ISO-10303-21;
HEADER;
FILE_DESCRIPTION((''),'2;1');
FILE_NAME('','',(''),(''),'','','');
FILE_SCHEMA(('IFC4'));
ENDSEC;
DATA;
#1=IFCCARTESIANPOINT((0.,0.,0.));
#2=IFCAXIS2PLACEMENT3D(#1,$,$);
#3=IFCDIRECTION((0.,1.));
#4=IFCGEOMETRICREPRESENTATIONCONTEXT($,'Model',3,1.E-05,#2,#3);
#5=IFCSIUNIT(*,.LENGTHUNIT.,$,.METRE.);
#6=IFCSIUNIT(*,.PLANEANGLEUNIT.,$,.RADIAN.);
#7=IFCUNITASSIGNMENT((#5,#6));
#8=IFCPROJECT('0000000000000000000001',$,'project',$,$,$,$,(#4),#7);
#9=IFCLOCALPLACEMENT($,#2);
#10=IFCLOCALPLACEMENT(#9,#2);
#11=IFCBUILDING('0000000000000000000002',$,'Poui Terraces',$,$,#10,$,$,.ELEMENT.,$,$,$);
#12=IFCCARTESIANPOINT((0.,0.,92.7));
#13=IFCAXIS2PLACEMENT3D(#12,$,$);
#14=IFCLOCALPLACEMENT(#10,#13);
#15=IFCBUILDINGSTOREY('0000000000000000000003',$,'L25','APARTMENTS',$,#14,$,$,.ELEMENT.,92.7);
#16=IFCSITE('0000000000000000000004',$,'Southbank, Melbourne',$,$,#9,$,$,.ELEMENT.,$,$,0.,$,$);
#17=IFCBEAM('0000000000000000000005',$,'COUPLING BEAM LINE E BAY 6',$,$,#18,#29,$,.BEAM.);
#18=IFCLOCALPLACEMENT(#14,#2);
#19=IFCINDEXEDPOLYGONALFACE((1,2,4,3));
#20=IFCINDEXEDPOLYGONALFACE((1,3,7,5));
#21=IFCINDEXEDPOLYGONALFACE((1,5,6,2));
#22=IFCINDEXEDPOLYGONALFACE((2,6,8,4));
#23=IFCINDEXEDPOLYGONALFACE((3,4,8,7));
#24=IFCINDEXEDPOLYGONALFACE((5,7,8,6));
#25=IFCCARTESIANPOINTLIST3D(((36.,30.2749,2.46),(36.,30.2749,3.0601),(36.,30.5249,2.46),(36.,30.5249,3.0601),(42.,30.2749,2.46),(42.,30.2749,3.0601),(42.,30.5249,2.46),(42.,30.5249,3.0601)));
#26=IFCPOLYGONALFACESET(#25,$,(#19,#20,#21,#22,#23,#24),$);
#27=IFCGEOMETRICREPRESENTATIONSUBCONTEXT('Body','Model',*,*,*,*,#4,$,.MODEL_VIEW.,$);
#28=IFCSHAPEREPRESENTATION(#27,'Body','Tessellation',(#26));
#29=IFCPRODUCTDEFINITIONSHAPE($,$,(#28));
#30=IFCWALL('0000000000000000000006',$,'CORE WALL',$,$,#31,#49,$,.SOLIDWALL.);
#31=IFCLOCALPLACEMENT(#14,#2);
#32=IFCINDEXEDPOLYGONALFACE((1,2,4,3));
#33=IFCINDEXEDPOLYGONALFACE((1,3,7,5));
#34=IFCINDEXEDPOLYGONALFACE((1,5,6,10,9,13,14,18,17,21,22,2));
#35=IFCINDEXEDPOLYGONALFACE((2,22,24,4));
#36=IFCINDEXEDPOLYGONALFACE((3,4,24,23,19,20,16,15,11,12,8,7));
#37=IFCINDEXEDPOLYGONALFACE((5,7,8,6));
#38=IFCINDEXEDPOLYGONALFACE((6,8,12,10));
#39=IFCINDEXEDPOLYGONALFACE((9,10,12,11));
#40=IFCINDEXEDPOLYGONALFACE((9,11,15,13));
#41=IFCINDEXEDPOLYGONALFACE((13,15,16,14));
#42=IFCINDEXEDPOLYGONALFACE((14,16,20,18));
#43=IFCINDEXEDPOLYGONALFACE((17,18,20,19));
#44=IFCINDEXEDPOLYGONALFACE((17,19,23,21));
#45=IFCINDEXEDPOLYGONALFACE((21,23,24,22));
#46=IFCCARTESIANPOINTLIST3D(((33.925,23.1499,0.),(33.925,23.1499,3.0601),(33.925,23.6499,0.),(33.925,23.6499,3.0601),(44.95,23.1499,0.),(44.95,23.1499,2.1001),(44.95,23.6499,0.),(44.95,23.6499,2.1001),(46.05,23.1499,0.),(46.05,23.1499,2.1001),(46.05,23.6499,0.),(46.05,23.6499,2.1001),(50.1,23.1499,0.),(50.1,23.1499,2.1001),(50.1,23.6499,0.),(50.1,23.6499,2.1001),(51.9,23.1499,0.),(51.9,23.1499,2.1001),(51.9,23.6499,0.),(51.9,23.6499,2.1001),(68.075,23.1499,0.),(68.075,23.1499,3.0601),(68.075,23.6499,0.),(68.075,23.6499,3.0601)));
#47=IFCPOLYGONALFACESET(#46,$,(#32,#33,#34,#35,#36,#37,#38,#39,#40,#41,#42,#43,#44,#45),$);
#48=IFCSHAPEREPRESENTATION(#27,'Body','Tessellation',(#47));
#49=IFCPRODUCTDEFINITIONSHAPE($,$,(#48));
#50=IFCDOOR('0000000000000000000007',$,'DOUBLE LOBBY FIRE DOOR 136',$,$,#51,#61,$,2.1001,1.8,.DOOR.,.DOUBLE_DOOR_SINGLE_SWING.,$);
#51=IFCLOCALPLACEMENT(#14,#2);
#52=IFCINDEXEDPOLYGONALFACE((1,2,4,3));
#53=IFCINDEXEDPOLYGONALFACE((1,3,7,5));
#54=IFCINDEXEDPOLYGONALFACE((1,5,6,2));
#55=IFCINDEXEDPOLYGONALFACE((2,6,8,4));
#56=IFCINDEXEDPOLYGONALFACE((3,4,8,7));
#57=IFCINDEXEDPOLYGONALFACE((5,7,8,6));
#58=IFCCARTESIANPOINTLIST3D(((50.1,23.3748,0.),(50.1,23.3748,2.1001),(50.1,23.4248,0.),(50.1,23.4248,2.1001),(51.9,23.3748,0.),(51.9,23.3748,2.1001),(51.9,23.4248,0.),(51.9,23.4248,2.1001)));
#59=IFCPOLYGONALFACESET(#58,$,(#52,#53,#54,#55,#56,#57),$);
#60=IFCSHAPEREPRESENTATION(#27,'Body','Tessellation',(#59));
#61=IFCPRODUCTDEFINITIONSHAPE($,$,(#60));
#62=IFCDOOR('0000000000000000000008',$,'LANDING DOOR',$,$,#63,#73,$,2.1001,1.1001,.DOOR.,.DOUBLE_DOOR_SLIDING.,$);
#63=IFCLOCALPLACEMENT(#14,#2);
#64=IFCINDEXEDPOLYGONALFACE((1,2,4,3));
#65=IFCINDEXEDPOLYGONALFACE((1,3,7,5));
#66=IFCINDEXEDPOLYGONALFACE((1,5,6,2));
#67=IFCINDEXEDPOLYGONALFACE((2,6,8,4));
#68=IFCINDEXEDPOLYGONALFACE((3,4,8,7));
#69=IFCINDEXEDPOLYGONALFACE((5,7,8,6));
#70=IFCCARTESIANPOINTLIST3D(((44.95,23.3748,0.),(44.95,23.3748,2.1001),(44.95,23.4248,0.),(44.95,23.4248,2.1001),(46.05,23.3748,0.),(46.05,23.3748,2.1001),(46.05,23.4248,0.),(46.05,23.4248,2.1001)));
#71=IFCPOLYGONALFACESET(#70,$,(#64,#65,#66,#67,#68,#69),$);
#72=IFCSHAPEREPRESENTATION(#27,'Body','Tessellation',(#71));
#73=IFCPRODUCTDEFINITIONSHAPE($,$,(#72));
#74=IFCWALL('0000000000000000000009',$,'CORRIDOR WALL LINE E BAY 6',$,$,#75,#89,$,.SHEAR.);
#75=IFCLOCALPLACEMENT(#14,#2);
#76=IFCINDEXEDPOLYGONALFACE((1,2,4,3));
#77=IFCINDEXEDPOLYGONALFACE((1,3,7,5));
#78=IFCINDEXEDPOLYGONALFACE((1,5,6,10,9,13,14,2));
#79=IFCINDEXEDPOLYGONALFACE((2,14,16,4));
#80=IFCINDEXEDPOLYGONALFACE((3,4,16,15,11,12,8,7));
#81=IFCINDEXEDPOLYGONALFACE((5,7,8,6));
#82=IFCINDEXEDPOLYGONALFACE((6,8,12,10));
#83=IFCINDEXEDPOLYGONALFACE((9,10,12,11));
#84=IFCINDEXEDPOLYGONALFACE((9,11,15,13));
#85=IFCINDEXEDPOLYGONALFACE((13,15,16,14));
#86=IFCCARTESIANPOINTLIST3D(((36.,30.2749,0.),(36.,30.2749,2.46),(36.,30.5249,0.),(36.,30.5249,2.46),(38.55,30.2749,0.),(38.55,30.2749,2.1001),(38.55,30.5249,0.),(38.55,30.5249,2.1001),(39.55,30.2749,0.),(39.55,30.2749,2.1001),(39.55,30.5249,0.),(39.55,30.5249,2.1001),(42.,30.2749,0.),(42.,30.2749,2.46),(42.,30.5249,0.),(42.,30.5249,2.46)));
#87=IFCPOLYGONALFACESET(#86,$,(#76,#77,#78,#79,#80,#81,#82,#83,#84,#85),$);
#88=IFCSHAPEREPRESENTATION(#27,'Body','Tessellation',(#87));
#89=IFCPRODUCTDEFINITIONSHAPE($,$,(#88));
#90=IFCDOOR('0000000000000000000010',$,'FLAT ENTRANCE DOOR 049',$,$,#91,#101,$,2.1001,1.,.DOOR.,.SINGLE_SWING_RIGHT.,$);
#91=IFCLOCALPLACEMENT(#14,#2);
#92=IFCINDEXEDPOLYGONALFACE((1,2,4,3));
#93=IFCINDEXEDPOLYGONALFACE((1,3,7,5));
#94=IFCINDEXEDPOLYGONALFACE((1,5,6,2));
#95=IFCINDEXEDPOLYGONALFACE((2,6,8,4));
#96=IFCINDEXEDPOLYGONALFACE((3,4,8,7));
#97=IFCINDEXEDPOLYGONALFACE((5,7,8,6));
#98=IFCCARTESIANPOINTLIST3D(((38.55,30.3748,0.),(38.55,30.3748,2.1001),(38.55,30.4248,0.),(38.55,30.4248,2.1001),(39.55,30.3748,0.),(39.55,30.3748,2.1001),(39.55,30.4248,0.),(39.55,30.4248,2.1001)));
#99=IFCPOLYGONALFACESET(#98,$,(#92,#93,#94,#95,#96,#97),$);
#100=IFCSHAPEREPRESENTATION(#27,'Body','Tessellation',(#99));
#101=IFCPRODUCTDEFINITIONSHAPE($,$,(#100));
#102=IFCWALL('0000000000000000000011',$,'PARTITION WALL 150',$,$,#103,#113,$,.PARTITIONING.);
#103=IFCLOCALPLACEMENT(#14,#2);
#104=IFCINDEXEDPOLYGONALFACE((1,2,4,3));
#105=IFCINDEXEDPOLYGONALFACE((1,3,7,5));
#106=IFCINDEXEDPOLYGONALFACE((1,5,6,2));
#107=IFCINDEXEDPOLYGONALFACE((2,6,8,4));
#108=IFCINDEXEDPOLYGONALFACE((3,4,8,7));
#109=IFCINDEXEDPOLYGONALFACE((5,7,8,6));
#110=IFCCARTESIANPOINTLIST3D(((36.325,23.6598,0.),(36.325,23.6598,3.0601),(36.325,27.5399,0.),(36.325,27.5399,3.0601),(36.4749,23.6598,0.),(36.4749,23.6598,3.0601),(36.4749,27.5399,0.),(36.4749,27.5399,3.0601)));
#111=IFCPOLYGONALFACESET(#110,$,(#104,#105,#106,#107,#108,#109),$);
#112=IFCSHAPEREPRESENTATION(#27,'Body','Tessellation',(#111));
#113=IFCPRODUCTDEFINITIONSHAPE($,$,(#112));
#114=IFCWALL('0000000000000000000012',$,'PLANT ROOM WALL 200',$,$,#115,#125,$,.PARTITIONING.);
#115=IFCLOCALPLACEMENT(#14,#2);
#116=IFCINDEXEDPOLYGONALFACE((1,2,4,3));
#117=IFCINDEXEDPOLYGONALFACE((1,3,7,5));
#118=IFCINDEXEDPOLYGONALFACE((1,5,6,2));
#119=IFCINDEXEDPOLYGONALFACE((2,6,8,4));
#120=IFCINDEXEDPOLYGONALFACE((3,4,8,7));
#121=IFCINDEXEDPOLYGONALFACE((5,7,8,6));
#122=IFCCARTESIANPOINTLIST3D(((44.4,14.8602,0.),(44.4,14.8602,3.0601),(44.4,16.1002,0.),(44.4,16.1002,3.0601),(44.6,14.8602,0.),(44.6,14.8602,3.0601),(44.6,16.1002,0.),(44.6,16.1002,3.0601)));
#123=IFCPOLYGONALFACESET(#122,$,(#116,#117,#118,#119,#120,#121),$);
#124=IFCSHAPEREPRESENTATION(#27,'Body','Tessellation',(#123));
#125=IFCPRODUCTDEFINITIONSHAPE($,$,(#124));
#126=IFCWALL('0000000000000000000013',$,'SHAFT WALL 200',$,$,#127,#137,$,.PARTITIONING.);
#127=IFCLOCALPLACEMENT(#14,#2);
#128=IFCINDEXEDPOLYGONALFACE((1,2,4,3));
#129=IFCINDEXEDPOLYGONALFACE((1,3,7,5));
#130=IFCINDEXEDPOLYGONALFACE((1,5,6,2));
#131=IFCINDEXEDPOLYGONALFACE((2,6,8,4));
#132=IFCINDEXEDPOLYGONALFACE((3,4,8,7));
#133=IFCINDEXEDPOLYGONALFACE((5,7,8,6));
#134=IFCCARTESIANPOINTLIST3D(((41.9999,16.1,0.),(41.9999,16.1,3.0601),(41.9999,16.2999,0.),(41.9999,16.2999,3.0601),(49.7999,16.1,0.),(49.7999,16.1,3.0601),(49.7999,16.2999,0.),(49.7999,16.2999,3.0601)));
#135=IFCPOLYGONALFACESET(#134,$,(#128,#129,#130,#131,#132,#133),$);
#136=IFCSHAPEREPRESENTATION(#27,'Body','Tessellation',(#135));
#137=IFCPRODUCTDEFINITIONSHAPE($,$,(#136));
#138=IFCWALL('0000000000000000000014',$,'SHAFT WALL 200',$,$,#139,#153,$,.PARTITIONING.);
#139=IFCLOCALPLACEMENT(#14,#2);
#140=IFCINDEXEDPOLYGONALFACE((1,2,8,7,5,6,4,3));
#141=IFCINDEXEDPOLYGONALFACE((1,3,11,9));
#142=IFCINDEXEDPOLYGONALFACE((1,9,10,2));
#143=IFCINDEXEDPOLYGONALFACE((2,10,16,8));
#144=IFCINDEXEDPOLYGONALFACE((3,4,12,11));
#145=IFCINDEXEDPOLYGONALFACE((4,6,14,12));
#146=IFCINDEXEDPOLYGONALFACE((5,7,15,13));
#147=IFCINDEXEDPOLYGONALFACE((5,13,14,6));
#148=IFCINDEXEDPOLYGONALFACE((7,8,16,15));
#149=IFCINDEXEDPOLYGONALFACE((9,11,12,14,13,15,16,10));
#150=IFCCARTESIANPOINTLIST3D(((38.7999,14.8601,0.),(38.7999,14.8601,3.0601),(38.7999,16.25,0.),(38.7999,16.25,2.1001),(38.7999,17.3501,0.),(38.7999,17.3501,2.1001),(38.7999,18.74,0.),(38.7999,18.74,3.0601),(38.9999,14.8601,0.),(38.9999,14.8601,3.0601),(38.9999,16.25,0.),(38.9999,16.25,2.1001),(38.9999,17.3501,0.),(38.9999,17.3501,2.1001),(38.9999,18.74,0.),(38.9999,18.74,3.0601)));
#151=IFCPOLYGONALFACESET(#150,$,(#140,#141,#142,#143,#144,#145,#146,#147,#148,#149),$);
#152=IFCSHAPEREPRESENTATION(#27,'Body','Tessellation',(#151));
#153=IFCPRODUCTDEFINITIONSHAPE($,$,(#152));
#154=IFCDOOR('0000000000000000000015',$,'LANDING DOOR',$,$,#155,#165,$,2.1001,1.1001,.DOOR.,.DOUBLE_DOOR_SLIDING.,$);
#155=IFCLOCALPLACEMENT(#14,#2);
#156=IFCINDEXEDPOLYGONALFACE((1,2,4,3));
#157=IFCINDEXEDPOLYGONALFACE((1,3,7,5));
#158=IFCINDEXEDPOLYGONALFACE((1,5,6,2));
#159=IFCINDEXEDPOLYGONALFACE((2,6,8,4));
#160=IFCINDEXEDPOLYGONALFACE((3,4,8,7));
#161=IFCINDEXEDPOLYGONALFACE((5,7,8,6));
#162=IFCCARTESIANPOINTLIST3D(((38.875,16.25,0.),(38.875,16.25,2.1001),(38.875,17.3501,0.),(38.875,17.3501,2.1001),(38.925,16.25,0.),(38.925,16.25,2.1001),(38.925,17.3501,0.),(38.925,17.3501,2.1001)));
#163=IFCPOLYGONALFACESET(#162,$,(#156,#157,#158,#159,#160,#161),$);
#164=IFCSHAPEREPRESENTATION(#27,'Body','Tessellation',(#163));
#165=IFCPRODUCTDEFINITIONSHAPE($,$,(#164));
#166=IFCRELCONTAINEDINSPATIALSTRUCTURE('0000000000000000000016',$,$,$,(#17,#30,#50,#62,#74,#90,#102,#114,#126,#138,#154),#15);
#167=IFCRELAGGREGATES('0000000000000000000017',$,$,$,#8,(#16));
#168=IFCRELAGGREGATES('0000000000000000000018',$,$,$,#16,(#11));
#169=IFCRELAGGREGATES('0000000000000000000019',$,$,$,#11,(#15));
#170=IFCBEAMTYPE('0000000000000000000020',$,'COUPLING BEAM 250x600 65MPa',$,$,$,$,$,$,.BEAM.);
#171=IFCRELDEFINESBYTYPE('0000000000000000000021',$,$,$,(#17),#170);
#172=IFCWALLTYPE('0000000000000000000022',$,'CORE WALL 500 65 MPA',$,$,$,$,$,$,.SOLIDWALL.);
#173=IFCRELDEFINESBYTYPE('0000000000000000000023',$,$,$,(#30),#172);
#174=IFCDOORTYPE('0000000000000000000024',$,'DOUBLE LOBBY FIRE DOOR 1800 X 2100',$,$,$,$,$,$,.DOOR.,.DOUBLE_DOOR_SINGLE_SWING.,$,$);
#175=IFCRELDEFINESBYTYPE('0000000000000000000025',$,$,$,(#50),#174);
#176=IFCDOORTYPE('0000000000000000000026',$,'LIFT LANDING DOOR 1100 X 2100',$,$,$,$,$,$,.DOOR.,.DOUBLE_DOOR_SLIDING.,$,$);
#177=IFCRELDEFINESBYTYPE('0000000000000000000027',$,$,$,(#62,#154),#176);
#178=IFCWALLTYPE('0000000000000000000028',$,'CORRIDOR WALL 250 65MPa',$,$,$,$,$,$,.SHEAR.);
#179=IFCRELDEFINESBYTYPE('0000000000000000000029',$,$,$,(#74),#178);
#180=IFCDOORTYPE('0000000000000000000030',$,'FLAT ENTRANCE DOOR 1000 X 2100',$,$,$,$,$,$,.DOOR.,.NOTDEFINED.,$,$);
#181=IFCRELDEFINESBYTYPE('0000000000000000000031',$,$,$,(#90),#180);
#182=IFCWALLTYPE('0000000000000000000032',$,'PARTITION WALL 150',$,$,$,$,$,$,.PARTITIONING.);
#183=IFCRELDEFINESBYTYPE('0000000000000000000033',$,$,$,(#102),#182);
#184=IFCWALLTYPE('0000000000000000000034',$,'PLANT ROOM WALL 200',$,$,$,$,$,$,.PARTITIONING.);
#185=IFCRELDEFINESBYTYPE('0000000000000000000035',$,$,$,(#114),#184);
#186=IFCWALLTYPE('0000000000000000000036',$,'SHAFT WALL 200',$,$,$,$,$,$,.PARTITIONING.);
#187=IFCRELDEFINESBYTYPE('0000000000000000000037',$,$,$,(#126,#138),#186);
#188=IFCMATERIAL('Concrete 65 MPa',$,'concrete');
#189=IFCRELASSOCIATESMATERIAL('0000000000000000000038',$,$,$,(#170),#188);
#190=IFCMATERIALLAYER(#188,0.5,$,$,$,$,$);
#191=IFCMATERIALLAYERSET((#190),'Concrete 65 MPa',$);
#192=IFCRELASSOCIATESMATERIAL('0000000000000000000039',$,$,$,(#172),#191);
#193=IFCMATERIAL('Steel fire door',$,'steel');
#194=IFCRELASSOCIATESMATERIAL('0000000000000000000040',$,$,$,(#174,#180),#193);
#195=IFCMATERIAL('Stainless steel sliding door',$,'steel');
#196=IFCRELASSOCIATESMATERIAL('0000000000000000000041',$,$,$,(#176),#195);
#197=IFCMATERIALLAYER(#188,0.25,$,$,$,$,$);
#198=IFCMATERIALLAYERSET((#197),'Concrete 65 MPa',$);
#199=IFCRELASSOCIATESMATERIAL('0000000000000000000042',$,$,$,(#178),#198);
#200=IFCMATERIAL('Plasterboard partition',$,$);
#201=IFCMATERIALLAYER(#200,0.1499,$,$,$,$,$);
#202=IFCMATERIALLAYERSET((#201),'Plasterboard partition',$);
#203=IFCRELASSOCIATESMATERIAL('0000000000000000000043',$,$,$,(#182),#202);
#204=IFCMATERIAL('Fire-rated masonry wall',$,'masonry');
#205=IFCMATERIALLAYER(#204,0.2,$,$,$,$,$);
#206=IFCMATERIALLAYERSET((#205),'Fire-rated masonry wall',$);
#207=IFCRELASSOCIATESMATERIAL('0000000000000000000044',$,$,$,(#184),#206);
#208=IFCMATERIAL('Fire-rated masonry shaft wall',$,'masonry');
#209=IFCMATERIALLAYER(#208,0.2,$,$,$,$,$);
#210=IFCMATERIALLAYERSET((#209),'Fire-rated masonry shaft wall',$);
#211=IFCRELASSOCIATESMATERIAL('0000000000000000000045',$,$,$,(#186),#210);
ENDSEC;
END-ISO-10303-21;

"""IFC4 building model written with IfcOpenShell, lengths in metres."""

from ifc_helpers import new_model, si_unit, direction, frame, frame_2d, origin, origin_2d, place, context, subcontext, project, spatial, rectangle, extrude, source, transform, mapped, material, layer, layer_set, material_profile, profile_set, type_object, element, fill, save


model = new_model("IFC4")

# Units and contexts
model_context = context("Model", 3, precision=1e-05, world=origin(), true_north=direction((0.0, 1.0)))
body_context = subcontext(model_context, "Body", "Model", "MODEL_VIEW")
ifc_project = project(units=[si_unit("LENGTHUNIT", "METRE"), si_unit("PLANEANGLEUNIT", "RADIAN")], contexts=[model_context])

# Site, building, storey
site_placement = place(None, origin())
site = spatial("IfcSite", under=ifc_project, at=site_placement, Name="Southbank, Melbourne", CompositionType="ELEMENT", RefElevation=0.0)
building_placement = place(site_placement, origin())
building = spatial("IfcBuilding", under=site, at=building_placement, Name="Poui Terraces", CompositionType="ELEMENT")
storey_placement = place(building_placement, frame((0.0, 0.0, 92.7)))
storey = spatial("IfcBuildingStorey", under=building, at=storey_placement, Name="L25", Description="APARTMENTS", CompositionType="ELEMENT", Elevation=92.7)

# Beam
ifc_material_1 = material(Name="Concrete 65 MPa", Category="concrete")
ifc_material_profile = material_profile(ifc_material_1, rectangle(XDim=0.25, YDim=0.6001, at=origin_2d()), Name="RC 250x600")
ifc_profile_set = profile_set([ifc_material_profile], Name="Concrete 65 MPa")
beam_type = type_object("IfcBeamType", Name="COUPLING BEAM 250x600 65MPa", PredefinedType="BEAM", material=ifc_profile_set)
shared_shape = source(origin(), body_context, "Body", "SweptSolid", [
    extrude(rectangle(XDim=0.25, YDim=0.6001, at=origin_2d()), origin(), (0.0, 0.0, 1.0), 6.0),
])
beam_placement = place(storey_placement, frame((36.0, 30.3999, 2.76), z_axis=(1.0, 0.0, 0.0), x_axis=(0.0, 1.0, 0.0)))
element("IfcBeam", 1, at=beam_placement, inside=storey, type_object=beam_type, Name="COUPLING BEAM LINE E BAY 6", PredefinedType="BEAM", context=body_context, shape_type="MappedRepresentation", body=[
    mapped(shared_shape, transform((0.0, 0.0, 0.0))),
])

# Wall, openings, doors
ifc_layer_1 = layer(ifc_material_1, 0.5)
ifc_layer_set_1 = layer_set([ifc_layer_1], Name="Concrete 65 MPa")
wall_type_1 = type_object("IfcWallType", Name="CORE WALL 500 65 MPA", PredefinedType="SOLIDWALL", material=ifc_layer_set_1)
ifc_material_2 = material(Name="Steel fire door", Category="steel")
door_type_1 = type_object("IfcDoorType", Name="DOUBLE LOBBY FIRE DOOR 1800 X 2100", OperationType="DOUBLE_DOOR_SINGLE_SWING", PredefinedType="DOOR", material=ifc_material_2)
ifc_material_3 = material(Name="Stainless steel sliding door", Category="steel")
door_type_2 = type_object("IfcDoorType", Name="LIFT LANDING DOOR 1100 X 2100", OperationType="DOUBLE_DOOR_SLIDING", PredefinedType="DOOR", material=ifc_material_3)
wall_1_placement = place(storey_placement, frame((33.925, 23.3999, 0.0), z_axis=(0.0, 0.0, 1.0), x_axis=(1.0, 0.0, 0.0)))
wall_1 = element("IfcWall", 2, at=wall_1_placement, inside=storey, type_object=wall_type_1, Name="CORE WALL", PredefinedType="SOLIDWALL", context=body_context, shape_type="SweptSolid", body=[
    extrude(rectangle(XDim=34.1499, YDim=0.5, at=frame_2d((17.075, 0.0))), origin(), (0.0, 0.0, 1.0), 3.0601),
])
opening_1_placement = place(wall_1_placement, frame((16.175, 0.0, 0.0)))
opening_1 = element("IfcOpeningElement", 3, at=opening_1_placement, cuts=wall_1, PredefinedType="OPENING", context=body_context, shape_type="SweptSolid", body=[
    extrude(rectangle(XDim=1.8, YDim=2.1001, at=frame_2d((0.8999, 1.05))), frame((0.0, 0.26, 0.0), z_axis=(0.0, -1.0, 0.0), x_axis=(1.0, 0.0, 0.0)), (0.0, 0.0, 1.0), 0.52),
])
opening_2_placement = place(wall_1_placement, frame((11.0249, 0.0, 0.0)))
opening_2 = element("IfcOpeningElement", 4, at=opening_2_placement, cuts=wall_1, PredefinedType="OPENING", context=body_context, shape_type="SweptSolid", body=[
    extrude(rectangle(XDim=1.1001, YDim=2.1001, at=frame_2d((0.55, 1.05))), frame((0.0, 0.26, 0.0), z_axis=(0.0, -1.0, 0.0), x_axis=(1.0, 0.0, 0.0)), (0.0, 0.0, 1.0), 0.52),
])
door_1_placement = place(opening_1_placement, origin())
door_1 = element("IfcDoor", 5, at=door_1_placement, inside=storey, type_object=door_type_1, Name="DOUBLE LOBBY FIRE DOOR 136", OperationType="DOUBLE_DOOR_SINGLE_SWING", OverallHeight=2.1001, OverallWidth=1.8, PredefinedType="DOOR", context=body_context, shape_type="SweptSolid", body=[
    extrude(rectangle(XDim=1.8, YDim=2.1001, at=frame_2d((0.8999, 1.05))), frame((0.0, 0.0249, 0.0), z_axis=(0.0, -1.0, 0.0), x_axis=(1.0, 0.0, 0.0)), (0.0, 0.0, 1.0), 0.05),
])
fill(opening_1, door_1)
door_2_placement = place(opening_2_placement, origin())
door_2 = element("IfcDoor", 6, at=door_2_placement, inside=storey, type_object=door_type_2, Name="LANDING DOOR", OperationType="DOUBLE_DOOR_SLIDING", OverallHeight=2.1001, OverallWidth=1.1001, PredefinedType="DOOR", context=body_context, shape_type="SweptSolid", body=[
    extrude(rectangle(XDim=1.1001, YDim=2.1001, at=frame_2d((0.55, 1.05))), frame((0.0, 0.0249, 0.0), z_axis=(0.0, -1.0, 0.0), x_axis=(1.0, 0.0, 0.0)), (0.0, 0.0, 1.0), 0.05),
])
fill(opening_2, door_2)

# Wall, opening, door
ifc_layer_2 = layer(ifc_material_1, 0.25)
ifc_layer_set_2 = layer_set([ifc_layer_2], Name="Concrete 65 MPa")
wall_type_2 = type_object("IfcWallType", Name="CORRIDOR WALL 250 65MPa", PredefinedType="SHEAR", material=ifc_layer_set_2)
wall_2_placement = place(storey_placement, frame((36.0, 30.3999, 0.0), z_axis=(0.0, 0.0, 1.0), x_axis=(1.0, 0.0, 0.0)))
wall_2 = element("IfcWall", 7, at=wall_2_placement, inside=storey, type_object=wall_type_2, Name="CORRIDOR WALL LINE E BAY 6", PredefinedType="SHEAR", context=body_context, shape_type="SweptSolid", body=[
    extrude(rectangle(XDim=6.0, YDim=0.25, at=frame_2d((3.0, 0.0))), origin(), (0.0, 0.0, 1.0), 2.46),
])
opening_3_placement = place(wall_2_placement, frame((2.55, 0.0, 0.0)))
opening_3 = element("IfcOpeningElement", 8, at=opening_3_placement, cuts=wall_2, PredefinedType="OPENING", context=body_context, shape_type="SweptSolid", body=[
    extrude(rectangle(XDim=1.0, YDim=2.1001, at=frame_2d((0.5, 1.05))), frame((0.0, 0.135, 0.0), z_axis=(0.0, -1.0, 0.0), x_axis=(1.0, 0.0, 0.0)), (0.0, 0.0, 1.0), 0.27),
])
door_type_3 = type_object("IfcDoorType", Name="FLAT ENTRANCE DOOR 1000 X 2100", OperationType="NOTDEFINED", PredefinedType="DOOR", material=ifc_material_2)
door_3_placement = place(opening_3_placement, origin())
door_3 = element("IfcDoor", 9, at=door_3_placement, inside=storey, type_object=door_type_3, Name="FLAT ENTRANCE DOOR 049", OperationType="SINGLE_SWING_RIGHT", OverallHeight=2.1001, OverallWidth=1.0, PredefinedType="DOOR", context=body_context, shape_type="SweptSolid", body=[
    extrude(rectangle(XDim=1.0, YDim=2.1001, at=frame_2d((0.5, 1.05))), frame((0.0, 0.0249, 0.0), z_axis=(0.0, -1.0, 0.0), x_axis=(1.0, 0.0, 0.0)), (0.0, 0.0, 1.0), 0.05),
])
fill(opening_3, door_3)

# Walls
ifc_material_4 = material(Name="Plasterboard partition")
ifc_layer_3 = layer(ifc_material_4, 0.1499)
ifc_layer_set_3 = layer_set([ifc_layer_3], Name="Plasterboard partition")
wall_type_3 = type_object("IfcWallType", Name="PARTITION WALL 150", PredefinedType="PARTITIONING", material=ifc_layer_set_3)
wall_3_placement = place(storey_placement, frame((36.3999, 23.6599, 0.0), z_axis=(0.0, 0.0, 1.0), x_axis=(0.0, 1.0, 0.0)))
element("IfcWall", 10, at=wall_3_placement, inside=storey, type_object=wall_type_3, Name="PARTITION WALL 150", PredefinedType="PARTITIONING", context=body_context, shape_type="SweptSolid", body=[
    extrude(rectangle(XDim=3.8801, YDim=0.1499, at=frame_2d((1.9399, 0.0))), origin(), (0.0, 0.0, 1.0), 3.0601),
])
ifc_material_5 = material(Name="Fire-rated masonry wall", Category="masonry")
ifc_layer_4 = layer(ifc_material_5, 0.2)
ifc_layer_set_4 = layer_set([ifc_layer_4], Name="Fire-rated masonry wall")
wall_type_4 = type_object("IfcWallType", Name="PLANT ROOM WALL 200", PredefinedType="PARTITIONING", material=ifc_layer_set_4)
wall_4_placement = place(storey_placement, frame((44.5, 14.8601, 0.0), z_axis=(0.0, 0.0, 1.0), x_axis=(0.0, 1.0, 0.0)))
element("IfcWall", 11, at=wall_4_placement, inside=storey, type_object=wall_type_4, Name="PLANT ROOM WALL 200", PredefinedType="PARTITIONING", context=body_context, shape_type="SweptSolid", body=[
    extrude(rectangle(XDim=1.24, YDim=0.2, at=frame_2d((0.6201, 0.0))), origin(), (0.0, 0.0, 1.0), 3.0601),
])
ifc_material_6 = material(Name="Fire-rated masonry shaft wall", Category="masonry")
ifc_layer_5 = layer(ifc_material_6, 0.2)
ifc_layer_set_5 = layer_set([ifc_layer_5], Name="Fire-rated masonry shaft wall")
wall_type_5 = type_object("IfcWallType", Name="SHAFT WALL 200", PredefinedType="PARTITIONING", material=ifc_layer_set_5)
wall_5_placement = place(storey_placement, frame((42.0, 16.2, 0.0), z_axis=(0.0, 0.0, 1.0), x_axis=(1.0, 0.0, 0.0)))
element("IfcWall", 12, at=wall_5_placement, inside=storey, type_object=wall_type_5, Name="SHAFT WALL 200", PredefinedType="PARTITIONING", context=body_context, shape_type="SweptSolid", body=[
    extrude(rectangle(XDim=7.8, YDim=0.2, at=frame_2d((3.8999, 0.0))), origin(), (0.0, 0.0, 1.0), 3.0601),
])

# Wall, opening, door
wall_6_placement = place(storey_placement, frame((38.8999, 14.8601, 0.0), z_axis=(0.0, 0.0, 1.0), x_axis=(0.0, 1.0, 0.0)))
wall_6 = element("IfcWall", 13, at=wall_6_placement, inside=storey, type_object=wall_type_5, Name="SHAFT WALL 200", PredefinedType="PARTITIONING", context=body_context, shape_type="SweptSolid", body=[
    extrude(rectangle(XDim=3.8799, YDim=0.2, at=frame_2d((1.9399, 0.0))), origin(), (0.0, 0.0, 1.0), 3.0601),
])
opening_4_placement = place(wall_6_placement, frame((1.3899, 0.0, 0.0)))
opening_4 = element("IfcOpeningElement", 14, at=opening_4_placement, cuts=wall_6, PredefinedType="OPENING", context=body_context, shape_type="SweptSolid", body=[
    extrude(rectangle(XDim=1.1001, YDim=2.1001, at=frame_2d((0.55, 1.05))), frame((0.0, 0.1099, 0.0), z_axis=(0.0, -1.0, 0.0), x_axis=(1.0, 0.0, 0.0)), (0.0, 0.0, 1.0), 0.22),
])
door_4_placement = place(opening_4_placement, origin())
door_4 = element("IfcDoor", 15, at=door_4_placement, inside=storey, type_object=door_type_2, Name="LANDING DOOR", OperationType="DOUBLE_DOOR_SLIDING", OverallHeight=2.1001, OverallWidth=1.1001, PredefinedType="DOOR", context=body_context, shape_type="SweptSolid", body=[
    extrude(rectangle(XDim=1.1001, YDim=2.1001, at=frame_2d((0.55, 1.05))), frame((0.0, 0.0249, 0.0), z_axis=(0.0, -1.0, 0.0), x_axis=(1.0, 0.0, 0.0)), (0.0, 0.0, 1.0), 0.05),
])
fill(opening_4, door_4)

save(model, "model.ifc")
